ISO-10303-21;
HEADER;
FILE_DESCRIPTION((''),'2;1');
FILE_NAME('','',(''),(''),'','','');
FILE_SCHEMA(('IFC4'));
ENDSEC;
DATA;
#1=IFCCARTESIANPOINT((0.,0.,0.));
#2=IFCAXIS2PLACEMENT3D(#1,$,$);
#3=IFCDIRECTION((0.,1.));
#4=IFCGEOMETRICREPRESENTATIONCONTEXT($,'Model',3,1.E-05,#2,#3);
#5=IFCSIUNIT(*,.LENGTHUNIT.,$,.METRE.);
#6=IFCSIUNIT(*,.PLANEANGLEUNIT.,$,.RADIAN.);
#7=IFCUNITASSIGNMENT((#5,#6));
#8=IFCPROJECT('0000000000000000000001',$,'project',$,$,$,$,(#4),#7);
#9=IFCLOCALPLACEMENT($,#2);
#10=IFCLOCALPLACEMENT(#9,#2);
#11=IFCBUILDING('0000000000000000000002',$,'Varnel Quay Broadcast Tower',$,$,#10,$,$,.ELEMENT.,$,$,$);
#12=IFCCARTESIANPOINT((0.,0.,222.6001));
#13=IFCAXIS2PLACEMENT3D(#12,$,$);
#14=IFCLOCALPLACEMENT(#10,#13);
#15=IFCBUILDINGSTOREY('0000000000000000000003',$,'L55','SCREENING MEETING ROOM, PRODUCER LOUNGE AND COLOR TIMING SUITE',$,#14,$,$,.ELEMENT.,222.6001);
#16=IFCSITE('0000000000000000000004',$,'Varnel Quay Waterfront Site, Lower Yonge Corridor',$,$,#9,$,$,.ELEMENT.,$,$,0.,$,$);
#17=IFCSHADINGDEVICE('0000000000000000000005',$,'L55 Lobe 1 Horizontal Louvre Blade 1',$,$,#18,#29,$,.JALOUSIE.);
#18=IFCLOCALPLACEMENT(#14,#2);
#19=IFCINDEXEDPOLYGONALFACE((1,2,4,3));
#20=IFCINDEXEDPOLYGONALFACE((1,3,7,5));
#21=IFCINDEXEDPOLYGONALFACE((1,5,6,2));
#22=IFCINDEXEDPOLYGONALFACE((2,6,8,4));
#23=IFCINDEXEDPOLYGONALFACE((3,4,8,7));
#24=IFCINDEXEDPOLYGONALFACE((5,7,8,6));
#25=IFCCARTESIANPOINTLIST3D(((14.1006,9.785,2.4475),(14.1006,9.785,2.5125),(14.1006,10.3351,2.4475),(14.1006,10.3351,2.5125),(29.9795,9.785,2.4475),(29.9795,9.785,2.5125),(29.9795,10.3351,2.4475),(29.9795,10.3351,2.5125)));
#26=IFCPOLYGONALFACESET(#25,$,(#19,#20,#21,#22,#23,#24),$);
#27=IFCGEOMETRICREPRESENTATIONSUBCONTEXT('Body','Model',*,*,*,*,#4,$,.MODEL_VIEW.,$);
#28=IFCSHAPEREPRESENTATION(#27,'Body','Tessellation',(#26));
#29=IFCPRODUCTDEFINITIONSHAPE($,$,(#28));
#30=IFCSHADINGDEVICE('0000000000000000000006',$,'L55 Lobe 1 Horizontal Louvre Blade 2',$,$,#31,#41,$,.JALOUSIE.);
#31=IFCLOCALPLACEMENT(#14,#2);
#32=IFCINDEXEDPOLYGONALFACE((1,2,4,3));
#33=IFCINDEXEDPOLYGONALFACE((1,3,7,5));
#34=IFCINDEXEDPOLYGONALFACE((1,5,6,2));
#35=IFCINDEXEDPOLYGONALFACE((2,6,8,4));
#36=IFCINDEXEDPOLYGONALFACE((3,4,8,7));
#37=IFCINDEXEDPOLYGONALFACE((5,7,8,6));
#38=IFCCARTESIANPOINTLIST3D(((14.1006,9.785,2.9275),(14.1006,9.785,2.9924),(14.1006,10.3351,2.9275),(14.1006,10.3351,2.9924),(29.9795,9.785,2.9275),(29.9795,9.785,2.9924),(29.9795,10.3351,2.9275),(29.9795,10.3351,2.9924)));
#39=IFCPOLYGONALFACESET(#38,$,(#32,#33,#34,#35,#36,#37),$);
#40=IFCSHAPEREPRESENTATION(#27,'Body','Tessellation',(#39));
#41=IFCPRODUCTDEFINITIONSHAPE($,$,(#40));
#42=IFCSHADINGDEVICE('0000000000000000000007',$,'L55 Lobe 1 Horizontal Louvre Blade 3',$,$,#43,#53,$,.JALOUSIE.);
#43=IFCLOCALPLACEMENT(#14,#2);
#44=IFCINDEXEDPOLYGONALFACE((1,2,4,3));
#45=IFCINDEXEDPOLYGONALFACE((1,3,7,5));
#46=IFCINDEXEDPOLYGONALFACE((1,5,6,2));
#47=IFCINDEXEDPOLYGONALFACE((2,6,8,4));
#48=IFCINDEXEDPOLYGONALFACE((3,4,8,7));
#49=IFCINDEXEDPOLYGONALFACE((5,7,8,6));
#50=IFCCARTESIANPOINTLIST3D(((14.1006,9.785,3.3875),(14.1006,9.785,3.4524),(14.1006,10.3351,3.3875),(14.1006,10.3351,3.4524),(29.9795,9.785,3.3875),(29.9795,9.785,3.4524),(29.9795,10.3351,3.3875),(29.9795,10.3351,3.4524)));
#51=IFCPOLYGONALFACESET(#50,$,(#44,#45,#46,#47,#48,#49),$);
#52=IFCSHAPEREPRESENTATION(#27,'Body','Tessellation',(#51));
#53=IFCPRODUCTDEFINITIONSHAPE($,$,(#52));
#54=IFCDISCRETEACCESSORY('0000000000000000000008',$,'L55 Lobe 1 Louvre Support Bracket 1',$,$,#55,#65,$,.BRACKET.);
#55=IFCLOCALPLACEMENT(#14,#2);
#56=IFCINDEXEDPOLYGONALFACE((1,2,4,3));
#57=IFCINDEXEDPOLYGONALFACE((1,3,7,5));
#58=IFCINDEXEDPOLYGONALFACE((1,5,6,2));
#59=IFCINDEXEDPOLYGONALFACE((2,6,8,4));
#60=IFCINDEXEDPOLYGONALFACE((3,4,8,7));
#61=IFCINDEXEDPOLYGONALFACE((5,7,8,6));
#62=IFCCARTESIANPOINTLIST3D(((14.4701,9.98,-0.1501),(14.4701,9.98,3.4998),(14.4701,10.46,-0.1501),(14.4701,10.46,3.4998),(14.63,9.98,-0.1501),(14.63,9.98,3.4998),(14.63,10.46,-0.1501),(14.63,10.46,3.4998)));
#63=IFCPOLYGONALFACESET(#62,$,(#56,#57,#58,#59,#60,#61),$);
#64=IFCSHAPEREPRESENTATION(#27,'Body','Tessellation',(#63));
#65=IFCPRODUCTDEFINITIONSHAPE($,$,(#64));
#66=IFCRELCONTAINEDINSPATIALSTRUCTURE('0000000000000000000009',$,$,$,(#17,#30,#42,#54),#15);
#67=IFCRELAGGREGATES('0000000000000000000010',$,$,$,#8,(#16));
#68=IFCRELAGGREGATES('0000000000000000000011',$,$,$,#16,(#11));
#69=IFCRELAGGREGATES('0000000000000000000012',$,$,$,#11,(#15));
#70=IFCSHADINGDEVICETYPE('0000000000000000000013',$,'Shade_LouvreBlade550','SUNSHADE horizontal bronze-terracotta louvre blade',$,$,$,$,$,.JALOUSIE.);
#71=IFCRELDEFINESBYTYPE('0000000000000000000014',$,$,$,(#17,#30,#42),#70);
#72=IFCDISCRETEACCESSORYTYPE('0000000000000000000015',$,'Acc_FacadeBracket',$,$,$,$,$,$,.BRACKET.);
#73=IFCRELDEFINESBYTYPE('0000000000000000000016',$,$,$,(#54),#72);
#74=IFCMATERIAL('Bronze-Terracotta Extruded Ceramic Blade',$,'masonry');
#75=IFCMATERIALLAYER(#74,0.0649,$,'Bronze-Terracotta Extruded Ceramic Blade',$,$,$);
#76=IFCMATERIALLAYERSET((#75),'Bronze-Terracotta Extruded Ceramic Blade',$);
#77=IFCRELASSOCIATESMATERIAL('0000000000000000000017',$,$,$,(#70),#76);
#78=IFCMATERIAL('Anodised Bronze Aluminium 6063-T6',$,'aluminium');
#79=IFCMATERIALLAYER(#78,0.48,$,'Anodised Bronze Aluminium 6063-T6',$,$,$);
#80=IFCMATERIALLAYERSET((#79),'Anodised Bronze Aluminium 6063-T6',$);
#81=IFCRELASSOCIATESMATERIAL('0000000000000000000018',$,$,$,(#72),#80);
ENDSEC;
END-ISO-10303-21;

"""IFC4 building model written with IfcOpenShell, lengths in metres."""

from ifc_helpers import new_model, si_unit, direction, frame, origin, origin_2d, place, context, subcontext, project, spatial, rectangle, extrude, source, transform, mapped, material, layer, layer_set, type_object, type_shapes, element, save


model = new_model("IFC4")

# Units and contexts
model_context = context("Model", 3, precision=1e-05, world=origin(), true_north=direction((0.0, 1.0)))
body_context = subcontext(model_context, "Body", "Model", "MODEL_VIEW")
ifc_project = project(units=[si_unit("LENGTHUNIT", "METRE"), si_unit("PLANEANGLEUNIT", "RADIAN")], contexts=[model_context])

# Site, building, storey
site_placement = place(None, origin())
site = spatial("IfcSite", under=ifc_project, at=site_placement, Name="Varnel Quay Waterfront Site, Lower Yonge Corridor", CompositionType="ELEMENT", RefElevation=0.0)
building_placement = place(site_placement, origin())
building = spatial("IfcBuilding", under=site, at=building_placement, Name="Varnel Quay Broadcast Tower", CompositionType="ELEMENT")
storey_placement = place(building_placement, frame((0.0, 0.0, 222.6001)))
storey = spatial("IfcBuildingStorey", under=building, at=storey_placement, Name="L55", Description="SCREENING MEETING ROOM, PRODUCER LOUNGE AND COLOR TIMING SUITE", CompositionType="ELEMENT", Elevation=222.6001)

# Shared definitions
ifc_material_1 = material(Name="Anodised Bronze Aluminium 6063-T6", Category="aluminium")

# Shared definitions
ifc_material_2 = material(Name="Bronze-Terracotta Extruded Ceramic Blade", Category="masonry")

# Shading devices
ifc_layer_1 = layer(ifc_material_2, 0.0649, Name="Bronze-Terracotta Extruded Ceramic Blade")
ifc_layer_set_1 = layer_set([ifc_layer_1], Name="Bronze-Terracotta Extruded Ceramic Blade")
shading_device_type = type_object("IfcShadingDeviceType", Name="Shade_LouvreBlade550", Description="SUNSHADE horizontal bronze-terracotta louvre blade", PredefinedType="JALOUSIE", material=ifc_layer_set_1)
shared_shape_1 = source(origin(), body_context, "Body", "SweptSolid", [
    extrude(rectangle(XDim=15.8789, YDim=0.55, at=origin_2d()), origin(), (0.0, 0.0, 1.0), 0.0649),
])
type_shapes(shading_device_type, [shared_shape_1])
for number, where, z_axis, x_axis, name in (
    (1, (22.04, 10.0601, 2.4475), (0.0, 0.0, 1.0), (1.0, 0.0, 0.0), "L55 Lobe 1 Horizontal Louvre Blade 1"),
    (2, (22.04, 10.0601, 2.9275), (0.0, 0.0, 1.0), (1.0, 0.0, 0.0), "L55 Lobe 1 Horizontal Louvre Blade 2"),
    (3, (22.04, 10.0601, 3.3875), (0.0, 0.0, 1.0), (1.0, 0.0, 0.0), "L55 Lobe 1 Horizontal Louvre Blade 3"),
):
    element("IfcShadingDevice", number, at=place(storey_placement, frame(where, z_axis=z_axis, x_axis=x_axis)), inside=storey, type_object=shading_device_type, Name=name, PredefinedType="JALOUSIE", context=body_context, shape_type="MappedRepresentation", body=[
        mapped(shared_shape_1, transform((0.0, 0.0, 0.0), x_axis=(1.0, 0.0, 0.0), y_axis=(0.0, 1.0, 0.0), z_axis=(0.0, 0.0, 1.0), scale=1.0)),
    ])

# Discrete accessory
ifc_layer_2 = layer(ifc_material_1, 0.48, Name="Anodised Bronze Aluminium 6063-T6")
ifc_layer_set_2 = layer_set([ifc_layer_2], Name="Anodised Bronze Aluminium 6063-T6")
discrete_accessory_type = type_object("IfcDiscreteAccessoryType", Name="Acc_FacadeBracket", PredefinedType="BRACKET", material=ifc_layer_set_2)
shared_shape_2 = source(origin(), body_context, "Body", "SweptSolid", [
    extrude(rectangle(XDim=0.1599, YDim=0.48, at=origin_2d()), origin(), (0.0, 0.0, 1.0), 3.6499),
])
type_shapes(discrete_accessory_type, [shared_shape_2])
discrete_accessory_placement = place(storey_placement, frame((14.55, 10.22, -0.1501), z_axis=(0.0, 0.0, 1.0), x_axis=(1.0, 0.0, 0.0)))
element("IfcDiscreteAccessory", 4, at=discrete_accessory_placement, inside=storey, type_object=discrete_accessory_type, Name="L55 Lobe 1 Louvre Support Bracket 1", PredefinedType="BRACKET", context=body_context, shape_type="MappedRepresentation", body=[
    mapped(shared_shape_2, transform((0.0, 0.0, 0.0), x_axis=(1.0, 0.0, 0.0), y_axis=(0.0, 1.0, 0.0), z_axis=(0.0, 0.0, 1.0), scale=1.0)),
])

save(model, "model.ifc")
